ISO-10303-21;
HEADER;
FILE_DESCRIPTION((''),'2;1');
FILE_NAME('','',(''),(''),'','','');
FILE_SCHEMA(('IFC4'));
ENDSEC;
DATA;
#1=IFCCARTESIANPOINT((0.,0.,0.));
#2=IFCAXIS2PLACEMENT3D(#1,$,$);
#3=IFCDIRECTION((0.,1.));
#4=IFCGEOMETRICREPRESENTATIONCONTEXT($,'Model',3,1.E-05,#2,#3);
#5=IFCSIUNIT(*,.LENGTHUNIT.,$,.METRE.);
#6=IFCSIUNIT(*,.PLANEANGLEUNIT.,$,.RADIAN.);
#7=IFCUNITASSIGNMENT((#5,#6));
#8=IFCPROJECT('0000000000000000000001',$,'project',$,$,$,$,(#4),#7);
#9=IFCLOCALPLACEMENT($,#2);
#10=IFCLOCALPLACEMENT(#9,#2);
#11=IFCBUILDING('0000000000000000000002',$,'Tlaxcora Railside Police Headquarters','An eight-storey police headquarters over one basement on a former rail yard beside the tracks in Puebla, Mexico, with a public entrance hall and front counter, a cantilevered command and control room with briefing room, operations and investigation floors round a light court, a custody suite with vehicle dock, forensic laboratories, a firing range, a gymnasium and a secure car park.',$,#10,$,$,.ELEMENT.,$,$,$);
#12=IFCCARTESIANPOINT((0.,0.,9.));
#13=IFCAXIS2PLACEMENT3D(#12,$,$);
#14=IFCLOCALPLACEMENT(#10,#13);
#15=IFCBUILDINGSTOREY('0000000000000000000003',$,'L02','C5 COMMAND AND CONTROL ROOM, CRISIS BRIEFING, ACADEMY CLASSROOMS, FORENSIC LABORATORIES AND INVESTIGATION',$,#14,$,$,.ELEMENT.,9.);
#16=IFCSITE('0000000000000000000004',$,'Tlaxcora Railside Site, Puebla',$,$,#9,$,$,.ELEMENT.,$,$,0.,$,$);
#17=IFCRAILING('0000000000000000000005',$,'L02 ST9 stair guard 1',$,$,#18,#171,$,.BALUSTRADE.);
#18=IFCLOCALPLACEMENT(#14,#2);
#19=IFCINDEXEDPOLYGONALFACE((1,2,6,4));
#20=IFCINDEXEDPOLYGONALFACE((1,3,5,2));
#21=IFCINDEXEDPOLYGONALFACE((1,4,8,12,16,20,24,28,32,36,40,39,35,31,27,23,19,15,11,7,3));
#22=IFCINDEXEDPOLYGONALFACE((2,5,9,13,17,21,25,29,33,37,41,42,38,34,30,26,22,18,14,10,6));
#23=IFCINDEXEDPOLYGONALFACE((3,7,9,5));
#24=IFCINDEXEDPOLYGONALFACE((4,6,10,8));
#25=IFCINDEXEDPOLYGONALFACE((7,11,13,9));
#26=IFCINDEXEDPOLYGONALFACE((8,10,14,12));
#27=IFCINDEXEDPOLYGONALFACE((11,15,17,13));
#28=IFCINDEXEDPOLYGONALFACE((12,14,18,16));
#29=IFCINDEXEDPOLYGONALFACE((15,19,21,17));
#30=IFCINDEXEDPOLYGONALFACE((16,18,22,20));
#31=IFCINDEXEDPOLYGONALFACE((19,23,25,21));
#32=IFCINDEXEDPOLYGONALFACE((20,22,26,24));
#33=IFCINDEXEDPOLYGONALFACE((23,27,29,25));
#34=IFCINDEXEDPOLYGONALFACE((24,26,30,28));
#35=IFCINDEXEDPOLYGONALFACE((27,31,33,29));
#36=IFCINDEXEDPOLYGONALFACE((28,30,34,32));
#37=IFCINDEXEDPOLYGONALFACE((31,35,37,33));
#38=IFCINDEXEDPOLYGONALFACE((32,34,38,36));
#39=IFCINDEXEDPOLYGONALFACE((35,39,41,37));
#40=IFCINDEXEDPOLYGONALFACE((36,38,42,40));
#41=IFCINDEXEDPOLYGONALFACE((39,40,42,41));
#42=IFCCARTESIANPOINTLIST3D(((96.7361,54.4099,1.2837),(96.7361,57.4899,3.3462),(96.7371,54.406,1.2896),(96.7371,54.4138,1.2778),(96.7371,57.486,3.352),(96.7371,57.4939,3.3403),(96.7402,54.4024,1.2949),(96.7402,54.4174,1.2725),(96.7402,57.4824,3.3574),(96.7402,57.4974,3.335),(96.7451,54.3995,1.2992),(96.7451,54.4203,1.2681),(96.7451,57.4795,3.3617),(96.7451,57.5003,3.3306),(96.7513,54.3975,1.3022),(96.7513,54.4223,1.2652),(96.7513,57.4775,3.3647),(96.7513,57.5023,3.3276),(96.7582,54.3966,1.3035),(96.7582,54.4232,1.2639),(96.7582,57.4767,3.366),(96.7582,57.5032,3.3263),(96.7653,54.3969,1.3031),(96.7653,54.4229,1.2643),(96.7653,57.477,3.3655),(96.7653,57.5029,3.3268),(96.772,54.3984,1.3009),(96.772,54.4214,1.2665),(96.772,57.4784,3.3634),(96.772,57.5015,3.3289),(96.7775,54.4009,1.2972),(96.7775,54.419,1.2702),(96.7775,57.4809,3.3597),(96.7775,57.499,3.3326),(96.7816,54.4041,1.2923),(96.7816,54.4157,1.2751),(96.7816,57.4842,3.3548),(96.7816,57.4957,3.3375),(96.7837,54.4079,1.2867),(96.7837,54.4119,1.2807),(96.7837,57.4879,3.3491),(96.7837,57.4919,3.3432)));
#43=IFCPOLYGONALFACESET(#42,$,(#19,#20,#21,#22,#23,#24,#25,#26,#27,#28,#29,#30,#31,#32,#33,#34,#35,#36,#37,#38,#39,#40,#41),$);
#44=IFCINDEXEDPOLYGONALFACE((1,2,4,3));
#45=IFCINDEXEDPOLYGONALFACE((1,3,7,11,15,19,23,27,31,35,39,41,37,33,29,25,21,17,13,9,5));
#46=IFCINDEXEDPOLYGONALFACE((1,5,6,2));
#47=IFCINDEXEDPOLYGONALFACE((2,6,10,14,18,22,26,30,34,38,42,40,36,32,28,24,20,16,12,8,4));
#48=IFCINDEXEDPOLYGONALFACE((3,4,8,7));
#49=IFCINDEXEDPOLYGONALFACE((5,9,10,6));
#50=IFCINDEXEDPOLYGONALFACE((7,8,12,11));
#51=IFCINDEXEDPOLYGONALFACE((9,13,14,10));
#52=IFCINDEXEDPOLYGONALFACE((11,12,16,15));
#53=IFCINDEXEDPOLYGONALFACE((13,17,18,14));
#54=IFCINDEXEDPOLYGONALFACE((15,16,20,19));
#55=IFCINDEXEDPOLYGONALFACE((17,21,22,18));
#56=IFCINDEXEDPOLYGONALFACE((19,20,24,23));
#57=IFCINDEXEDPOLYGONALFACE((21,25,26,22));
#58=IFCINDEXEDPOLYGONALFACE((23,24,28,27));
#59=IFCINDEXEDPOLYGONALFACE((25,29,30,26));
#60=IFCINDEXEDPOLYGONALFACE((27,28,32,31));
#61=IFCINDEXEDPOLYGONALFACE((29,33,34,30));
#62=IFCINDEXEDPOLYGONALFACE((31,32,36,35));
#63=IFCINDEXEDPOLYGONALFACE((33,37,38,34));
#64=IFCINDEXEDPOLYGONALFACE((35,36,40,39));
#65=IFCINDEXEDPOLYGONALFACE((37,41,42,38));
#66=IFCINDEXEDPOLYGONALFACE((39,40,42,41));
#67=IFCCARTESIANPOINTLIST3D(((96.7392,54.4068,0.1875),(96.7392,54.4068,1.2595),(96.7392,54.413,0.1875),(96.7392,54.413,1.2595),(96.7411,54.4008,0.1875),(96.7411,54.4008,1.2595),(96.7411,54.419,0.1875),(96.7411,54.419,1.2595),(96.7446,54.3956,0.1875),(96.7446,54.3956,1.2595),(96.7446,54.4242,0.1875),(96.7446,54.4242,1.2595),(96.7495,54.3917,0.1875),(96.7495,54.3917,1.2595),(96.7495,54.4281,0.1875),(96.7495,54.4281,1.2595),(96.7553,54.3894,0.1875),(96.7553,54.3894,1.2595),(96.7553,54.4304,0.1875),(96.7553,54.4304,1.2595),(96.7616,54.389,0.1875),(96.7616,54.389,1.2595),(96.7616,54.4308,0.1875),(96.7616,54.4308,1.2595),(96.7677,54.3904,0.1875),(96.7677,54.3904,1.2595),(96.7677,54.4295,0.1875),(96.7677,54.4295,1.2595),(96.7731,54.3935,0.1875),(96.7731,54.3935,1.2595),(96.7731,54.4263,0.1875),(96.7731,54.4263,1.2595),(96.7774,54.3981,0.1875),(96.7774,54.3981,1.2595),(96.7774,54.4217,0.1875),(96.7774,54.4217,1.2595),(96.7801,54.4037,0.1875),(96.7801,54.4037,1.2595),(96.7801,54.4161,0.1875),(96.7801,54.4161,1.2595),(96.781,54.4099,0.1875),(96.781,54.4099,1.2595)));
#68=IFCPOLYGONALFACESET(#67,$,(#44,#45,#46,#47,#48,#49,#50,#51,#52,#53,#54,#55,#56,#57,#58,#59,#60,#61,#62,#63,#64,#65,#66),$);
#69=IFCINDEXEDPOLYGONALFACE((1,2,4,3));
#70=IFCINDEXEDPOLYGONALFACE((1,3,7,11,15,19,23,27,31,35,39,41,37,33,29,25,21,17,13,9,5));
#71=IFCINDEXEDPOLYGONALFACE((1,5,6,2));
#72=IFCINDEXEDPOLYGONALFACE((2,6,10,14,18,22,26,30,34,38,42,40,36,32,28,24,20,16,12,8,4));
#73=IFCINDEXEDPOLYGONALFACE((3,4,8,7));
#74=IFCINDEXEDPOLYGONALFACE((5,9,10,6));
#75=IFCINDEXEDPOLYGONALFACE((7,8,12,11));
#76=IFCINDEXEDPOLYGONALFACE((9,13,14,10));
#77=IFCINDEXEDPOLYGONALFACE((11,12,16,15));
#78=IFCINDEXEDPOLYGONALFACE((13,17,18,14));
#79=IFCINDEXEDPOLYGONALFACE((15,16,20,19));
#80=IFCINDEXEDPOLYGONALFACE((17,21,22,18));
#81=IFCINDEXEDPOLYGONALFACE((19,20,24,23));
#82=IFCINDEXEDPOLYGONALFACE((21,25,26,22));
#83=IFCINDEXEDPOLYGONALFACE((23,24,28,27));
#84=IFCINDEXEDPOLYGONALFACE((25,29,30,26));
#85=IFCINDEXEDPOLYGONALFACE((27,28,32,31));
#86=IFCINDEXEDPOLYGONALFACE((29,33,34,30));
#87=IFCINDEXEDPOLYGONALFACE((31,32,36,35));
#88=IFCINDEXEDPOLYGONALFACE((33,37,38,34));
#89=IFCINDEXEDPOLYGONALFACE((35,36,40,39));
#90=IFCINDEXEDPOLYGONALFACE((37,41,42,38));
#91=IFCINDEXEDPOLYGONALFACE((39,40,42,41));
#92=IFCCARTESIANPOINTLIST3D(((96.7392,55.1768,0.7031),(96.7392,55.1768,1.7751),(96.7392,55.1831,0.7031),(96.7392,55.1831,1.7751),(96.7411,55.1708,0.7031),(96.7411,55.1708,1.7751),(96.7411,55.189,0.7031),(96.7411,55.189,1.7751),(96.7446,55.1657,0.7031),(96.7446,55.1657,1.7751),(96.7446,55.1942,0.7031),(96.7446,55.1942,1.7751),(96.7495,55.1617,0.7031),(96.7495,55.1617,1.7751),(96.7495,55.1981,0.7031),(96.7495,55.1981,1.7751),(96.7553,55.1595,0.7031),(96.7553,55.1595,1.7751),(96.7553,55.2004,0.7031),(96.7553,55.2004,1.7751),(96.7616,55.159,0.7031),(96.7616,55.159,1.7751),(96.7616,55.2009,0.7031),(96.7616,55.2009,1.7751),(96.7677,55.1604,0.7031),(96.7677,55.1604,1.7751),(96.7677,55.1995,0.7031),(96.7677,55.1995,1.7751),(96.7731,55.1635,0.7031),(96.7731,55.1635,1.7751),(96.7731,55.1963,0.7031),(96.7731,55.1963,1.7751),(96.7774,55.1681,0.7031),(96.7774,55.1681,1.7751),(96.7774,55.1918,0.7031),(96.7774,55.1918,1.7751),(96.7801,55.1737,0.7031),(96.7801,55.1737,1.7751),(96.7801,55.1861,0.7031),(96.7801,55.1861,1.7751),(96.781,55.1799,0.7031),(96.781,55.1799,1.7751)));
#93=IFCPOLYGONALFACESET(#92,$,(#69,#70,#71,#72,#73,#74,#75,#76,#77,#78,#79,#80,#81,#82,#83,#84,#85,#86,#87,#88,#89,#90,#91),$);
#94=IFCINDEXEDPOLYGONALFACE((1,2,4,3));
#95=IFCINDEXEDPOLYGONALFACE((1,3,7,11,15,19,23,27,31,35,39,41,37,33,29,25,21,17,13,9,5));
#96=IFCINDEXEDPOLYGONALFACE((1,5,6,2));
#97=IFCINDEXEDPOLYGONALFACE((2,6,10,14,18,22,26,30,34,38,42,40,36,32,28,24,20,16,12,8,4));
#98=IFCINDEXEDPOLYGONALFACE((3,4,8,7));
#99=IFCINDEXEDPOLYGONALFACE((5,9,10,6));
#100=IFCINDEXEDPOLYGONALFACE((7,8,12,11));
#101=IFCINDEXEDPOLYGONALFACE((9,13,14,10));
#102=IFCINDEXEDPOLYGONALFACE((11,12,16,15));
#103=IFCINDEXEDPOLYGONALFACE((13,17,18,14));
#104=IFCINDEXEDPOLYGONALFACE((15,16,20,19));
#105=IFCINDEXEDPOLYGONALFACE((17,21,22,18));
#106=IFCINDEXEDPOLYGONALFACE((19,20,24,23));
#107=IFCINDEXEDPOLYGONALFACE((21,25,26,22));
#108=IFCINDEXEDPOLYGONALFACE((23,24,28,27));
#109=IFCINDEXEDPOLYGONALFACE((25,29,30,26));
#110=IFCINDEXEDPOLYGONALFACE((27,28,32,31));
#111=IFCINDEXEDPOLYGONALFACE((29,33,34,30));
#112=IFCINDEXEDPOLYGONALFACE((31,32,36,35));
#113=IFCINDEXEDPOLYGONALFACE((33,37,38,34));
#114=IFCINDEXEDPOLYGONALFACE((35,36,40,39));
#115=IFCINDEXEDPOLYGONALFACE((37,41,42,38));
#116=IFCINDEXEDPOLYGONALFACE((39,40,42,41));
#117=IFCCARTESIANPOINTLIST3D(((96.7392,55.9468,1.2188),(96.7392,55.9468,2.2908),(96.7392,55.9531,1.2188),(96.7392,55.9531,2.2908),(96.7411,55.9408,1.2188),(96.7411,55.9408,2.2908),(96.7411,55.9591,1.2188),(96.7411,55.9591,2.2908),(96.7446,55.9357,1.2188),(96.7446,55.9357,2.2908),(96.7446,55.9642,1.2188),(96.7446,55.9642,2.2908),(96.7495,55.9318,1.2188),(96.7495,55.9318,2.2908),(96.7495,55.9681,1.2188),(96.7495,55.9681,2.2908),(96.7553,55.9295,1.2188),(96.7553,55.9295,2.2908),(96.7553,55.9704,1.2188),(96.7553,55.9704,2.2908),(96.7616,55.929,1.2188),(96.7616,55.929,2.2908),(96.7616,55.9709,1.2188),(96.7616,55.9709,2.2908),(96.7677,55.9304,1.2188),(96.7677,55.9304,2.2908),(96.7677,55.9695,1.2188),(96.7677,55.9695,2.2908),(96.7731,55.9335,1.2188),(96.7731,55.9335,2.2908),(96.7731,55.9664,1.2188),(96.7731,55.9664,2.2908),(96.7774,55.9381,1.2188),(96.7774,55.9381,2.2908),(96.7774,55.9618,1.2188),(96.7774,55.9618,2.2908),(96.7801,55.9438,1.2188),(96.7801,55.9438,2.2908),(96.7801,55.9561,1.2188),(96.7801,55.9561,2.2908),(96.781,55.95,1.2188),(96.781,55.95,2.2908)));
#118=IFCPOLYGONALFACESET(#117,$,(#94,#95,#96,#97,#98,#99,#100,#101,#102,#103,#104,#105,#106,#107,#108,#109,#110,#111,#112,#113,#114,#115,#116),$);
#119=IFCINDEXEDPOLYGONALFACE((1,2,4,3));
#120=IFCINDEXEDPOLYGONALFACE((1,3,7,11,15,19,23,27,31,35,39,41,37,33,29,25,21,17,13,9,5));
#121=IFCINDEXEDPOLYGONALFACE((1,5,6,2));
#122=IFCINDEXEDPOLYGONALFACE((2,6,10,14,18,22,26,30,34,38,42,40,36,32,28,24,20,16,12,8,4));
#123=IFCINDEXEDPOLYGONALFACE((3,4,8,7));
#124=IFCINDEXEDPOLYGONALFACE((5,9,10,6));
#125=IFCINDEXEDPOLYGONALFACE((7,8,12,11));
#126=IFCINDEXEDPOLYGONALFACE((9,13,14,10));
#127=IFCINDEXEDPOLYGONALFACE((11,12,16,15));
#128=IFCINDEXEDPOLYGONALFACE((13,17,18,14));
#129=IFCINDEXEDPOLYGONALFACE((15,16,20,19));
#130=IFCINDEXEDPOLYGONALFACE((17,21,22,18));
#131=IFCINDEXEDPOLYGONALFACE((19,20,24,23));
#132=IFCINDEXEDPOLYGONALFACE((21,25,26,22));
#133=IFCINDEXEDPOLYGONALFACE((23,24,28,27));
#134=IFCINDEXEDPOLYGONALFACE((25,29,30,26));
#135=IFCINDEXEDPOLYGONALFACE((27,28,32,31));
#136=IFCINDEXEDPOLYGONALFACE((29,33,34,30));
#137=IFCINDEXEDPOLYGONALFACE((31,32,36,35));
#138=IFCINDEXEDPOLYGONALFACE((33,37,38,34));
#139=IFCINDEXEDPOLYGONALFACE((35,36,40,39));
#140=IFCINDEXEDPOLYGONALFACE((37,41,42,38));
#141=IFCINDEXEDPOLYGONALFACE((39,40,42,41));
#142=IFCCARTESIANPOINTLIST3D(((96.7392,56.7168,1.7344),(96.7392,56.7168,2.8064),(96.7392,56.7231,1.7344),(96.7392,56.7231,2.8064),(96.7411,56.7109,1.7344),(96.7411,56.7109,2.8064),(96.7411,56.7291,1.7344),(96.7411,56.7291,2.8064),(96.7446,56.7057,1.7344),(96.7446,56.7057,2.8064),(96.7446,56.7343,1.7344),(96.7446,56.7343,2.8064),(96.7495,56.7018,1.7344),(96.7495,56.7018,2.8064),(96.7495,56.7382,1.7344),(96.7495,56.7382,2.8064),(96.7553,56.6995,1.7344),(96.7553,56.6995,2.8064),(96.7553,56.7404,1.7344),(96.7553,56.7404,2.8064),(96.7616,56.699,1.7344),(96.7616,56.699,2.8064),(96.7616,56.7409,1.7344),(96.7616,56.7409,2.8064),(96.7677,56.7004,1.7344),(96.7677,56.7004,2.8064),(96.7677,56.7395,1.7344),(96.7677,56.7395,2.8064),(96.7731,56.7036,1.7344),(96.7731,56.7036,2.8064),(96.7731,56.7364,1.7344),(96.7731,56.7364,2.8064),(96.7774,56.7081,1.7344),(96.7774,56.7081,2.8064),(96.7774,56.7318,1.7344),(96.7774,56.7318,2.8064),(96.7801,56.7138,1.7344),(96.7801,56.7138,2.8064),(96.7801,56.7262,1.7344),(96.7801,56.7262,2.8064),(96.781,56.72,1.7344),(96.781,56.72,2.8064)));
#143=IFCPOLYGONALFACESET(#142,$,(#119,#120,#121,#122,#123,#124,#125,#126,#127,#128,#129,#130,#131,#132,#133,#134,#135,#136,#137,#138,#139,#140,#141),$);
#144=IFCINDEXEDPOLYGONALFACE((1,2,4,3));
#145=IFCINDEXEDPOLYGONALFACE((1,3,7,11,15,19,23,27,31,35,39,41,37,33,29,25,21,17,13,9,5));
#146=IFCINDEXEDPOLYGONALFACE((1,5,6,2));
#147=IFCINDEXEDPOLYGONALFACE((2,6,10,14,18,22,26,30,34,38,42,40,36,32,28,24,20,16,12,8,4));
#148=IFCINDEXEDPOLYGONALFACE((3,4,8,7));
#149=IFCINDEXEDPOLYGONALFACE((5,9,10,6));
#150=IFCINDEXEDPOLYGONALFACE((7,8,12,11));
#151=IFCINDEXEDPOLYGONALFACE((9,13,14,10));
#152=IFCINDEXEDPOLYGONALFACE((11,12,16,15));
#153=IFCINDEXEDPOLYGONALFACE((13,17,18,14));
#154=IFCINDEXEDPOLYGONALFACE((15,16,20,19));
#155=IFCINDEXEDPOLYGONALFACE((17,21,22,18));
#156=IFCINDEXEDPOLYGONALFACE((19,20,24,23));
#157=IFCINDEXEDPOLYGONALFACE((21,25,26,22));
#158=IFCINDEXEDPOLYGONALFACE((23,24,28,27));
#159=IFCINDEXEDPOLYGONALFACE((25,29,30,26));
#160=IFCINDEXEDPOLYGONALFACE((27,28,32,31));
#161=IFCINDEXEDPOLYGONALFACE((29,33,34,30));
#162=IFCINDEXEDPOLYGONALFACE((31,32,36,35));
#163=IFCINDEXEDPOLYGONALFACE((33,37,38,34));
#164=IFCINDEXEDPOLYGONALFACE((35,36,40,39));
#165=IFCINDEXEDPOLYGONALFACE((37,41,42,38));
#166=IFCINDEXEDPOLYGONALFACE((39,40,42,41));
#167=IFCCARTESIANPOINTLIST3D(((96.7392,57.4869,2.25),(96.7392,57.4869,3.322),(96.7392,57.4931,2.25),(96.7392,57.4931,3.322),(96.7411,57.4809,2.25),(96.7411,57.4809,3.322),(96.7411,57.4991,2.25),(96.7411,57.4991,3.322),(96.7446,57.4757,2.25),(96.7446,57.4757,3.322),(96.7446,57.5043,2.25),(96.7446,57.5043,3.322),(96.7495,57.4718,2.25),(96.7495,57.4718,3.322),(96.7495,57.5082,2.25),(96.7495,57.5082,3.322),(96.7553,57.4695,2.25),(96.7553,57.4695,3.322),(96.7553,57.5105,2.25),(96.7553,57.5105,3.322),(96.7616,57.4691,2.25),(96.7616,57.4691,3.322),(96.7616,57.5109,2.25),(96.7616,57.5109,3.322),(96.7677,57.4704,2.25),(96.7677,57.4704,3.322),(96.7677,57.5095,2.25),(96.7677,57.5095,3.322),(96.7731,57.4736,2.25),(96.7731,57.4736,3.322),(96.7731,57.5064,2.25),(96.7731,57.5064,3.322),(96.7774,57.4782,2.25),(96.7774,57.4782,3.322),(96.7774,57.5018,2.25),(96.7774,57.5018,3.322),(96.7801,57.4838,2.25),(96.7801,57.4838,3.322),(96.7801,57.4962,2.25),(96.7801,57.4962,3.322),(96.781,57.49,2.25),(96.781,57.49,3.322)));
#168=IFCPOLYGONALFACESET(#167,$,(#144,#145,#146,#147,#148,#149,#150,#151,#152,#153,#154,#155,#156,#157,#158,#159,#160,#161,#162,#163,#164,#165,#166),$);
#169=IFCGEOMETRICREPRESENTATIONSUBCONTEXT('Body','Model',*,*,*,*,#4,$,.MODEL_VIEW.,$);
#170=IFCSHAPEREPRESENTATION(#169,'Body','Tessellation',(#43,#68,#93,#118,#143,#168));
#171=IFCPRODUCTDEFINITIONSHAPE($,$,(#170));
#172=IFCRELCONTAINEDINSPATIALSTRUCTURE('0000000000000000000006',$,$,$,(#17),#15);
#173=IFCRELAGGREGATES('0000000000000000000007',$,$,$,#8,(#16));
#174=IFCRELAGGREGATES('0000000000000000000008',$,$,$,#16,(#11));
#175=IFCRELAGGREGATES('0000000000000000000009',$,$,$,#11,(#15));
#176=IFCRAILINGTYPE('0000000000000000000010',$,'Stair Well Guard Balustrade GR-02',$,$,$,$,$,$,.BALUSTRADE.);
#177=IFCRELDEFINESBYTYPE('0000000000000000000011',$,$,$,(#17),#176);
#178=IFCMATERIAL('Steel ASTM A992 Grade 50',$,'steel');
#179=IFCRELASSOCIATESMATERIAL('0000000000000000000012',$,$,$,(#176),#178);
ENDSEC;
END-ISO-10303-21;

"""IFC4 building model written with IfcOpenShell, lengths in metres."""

from ifc_helpers import new_model, si_unit, direction, frame, origin, origin_2d, place, context, subcontext, project, spatial, circle, extrude, material, type_object, element, save


model = new_model("IFC4")

# Units and contexts
model_context = context("Model", 3, precision=1e-05, world=origin(), true_north=direction((0.0, 1.0)))
body_context = subcontext(model_context, "Body", "Model", "MODEL_VIEW")
ifc_project = project(units=[si_unit("LENGTHUNIT", "METRE"), si_unit("PLANEANGLEUNIT", "RADIAN")], contexts=[model_context])

# Site, building, storey
site_placement = place(None, origin())
site = spatial("IfcSite", under=ifc_project, at=site_placement, Name="Tlaxcora Railside Site, Puebla", CompositionType="ELEMENT", RefElevation=0.0)
building_placement = place(site_placement, origin())
building = spatial("IfcBuilding", under=site, at=building_placement, Name="Tlaxcora Railside Police Headquarters", Description="An eight-storey police headquarters over one basement on a former rail yard beside the tracks in Puebla, Mexico, with a public entrance hall and front counter, a cantilevered command and control room with briefing room, operations and investigation floors round a light court, a custody suite with vehicle dock, forensic laboratories, a firing range, a gymnasium and a secure car park.", CompositionType="ELEMENT")
storey_placement = place(building_placement, frame((0.0, 0.0, 9.0)))
storey = spatial("IfcBuildingStorey", under=building, at=storey_placement, Name="L02", Description="C5 COMMAND AND CONTROL ROOM, CRISIS BRIEFING, ACADEMY CLASSROOMS, FORENSIC LABORATORIES AND INVESTIGATION", CompositionType="ELEMENT", Elevation=9.0)

# Shared definitions
ifc_material_1 = material(Name="Steel ASTM A992 Grade 50", Category="steel")

# Railing
railing_type_1 = type_object("IfcRailingType", Name="Stair Well Guard Balustrade GR-02", PredefinedType="BALUSTRADE", material=ifc_material_1)
railing_1_placement = place(storey_placement, frame((96.76, 54.4099, 0.1875)))
element("IfcRailing", 1, at=railing_1_placement, inside=storey, type_object=railing_type_1, Name="L02 ST9 stair guard 1", PredefinedType="BALUSTRADE", context=body_context, shape_type="SweptSolid", body=[
    extrude(circle(Radius=0.0239, at=origin_2d()), frame((0.0, 0.0, 1.0962), z_axis=(0.0, 0.830914, 0.556401), x_axis=(-1.0, 0.0, 0.0)), (0.0, 0.0, 1.0), 3.7068),
    extrude(circle(Radius=0.021, at=origin_2d()), origin(), (0.0, 0.0, 1.0), 1.072),
    extrude(circle(Radius=0.021, at=origin_2d()), frame((0.0, 0.77, 0.5156)), (0.0, 0.0, 1.0), 1.072),
    extrude(circle(Radius=0.021, at=origin_2d()), frame((0.0, 1.54, 1.0312)), (0.0, 0.0, 1.0), 1.072),
    extrude(circle(Radius=0.021, at=origin_2d()), frame((0.0, 2.3101, 1.5469)), (0.0, 0.0, 1.0), 1.072),
    extrude(circle(Radius=0.021, at=origin_2d()), frame((0.0, 3.0801, 2.0625)), (0.0, 0.0, 1.0), 1.072),
])

save(model, "model.ifc")
